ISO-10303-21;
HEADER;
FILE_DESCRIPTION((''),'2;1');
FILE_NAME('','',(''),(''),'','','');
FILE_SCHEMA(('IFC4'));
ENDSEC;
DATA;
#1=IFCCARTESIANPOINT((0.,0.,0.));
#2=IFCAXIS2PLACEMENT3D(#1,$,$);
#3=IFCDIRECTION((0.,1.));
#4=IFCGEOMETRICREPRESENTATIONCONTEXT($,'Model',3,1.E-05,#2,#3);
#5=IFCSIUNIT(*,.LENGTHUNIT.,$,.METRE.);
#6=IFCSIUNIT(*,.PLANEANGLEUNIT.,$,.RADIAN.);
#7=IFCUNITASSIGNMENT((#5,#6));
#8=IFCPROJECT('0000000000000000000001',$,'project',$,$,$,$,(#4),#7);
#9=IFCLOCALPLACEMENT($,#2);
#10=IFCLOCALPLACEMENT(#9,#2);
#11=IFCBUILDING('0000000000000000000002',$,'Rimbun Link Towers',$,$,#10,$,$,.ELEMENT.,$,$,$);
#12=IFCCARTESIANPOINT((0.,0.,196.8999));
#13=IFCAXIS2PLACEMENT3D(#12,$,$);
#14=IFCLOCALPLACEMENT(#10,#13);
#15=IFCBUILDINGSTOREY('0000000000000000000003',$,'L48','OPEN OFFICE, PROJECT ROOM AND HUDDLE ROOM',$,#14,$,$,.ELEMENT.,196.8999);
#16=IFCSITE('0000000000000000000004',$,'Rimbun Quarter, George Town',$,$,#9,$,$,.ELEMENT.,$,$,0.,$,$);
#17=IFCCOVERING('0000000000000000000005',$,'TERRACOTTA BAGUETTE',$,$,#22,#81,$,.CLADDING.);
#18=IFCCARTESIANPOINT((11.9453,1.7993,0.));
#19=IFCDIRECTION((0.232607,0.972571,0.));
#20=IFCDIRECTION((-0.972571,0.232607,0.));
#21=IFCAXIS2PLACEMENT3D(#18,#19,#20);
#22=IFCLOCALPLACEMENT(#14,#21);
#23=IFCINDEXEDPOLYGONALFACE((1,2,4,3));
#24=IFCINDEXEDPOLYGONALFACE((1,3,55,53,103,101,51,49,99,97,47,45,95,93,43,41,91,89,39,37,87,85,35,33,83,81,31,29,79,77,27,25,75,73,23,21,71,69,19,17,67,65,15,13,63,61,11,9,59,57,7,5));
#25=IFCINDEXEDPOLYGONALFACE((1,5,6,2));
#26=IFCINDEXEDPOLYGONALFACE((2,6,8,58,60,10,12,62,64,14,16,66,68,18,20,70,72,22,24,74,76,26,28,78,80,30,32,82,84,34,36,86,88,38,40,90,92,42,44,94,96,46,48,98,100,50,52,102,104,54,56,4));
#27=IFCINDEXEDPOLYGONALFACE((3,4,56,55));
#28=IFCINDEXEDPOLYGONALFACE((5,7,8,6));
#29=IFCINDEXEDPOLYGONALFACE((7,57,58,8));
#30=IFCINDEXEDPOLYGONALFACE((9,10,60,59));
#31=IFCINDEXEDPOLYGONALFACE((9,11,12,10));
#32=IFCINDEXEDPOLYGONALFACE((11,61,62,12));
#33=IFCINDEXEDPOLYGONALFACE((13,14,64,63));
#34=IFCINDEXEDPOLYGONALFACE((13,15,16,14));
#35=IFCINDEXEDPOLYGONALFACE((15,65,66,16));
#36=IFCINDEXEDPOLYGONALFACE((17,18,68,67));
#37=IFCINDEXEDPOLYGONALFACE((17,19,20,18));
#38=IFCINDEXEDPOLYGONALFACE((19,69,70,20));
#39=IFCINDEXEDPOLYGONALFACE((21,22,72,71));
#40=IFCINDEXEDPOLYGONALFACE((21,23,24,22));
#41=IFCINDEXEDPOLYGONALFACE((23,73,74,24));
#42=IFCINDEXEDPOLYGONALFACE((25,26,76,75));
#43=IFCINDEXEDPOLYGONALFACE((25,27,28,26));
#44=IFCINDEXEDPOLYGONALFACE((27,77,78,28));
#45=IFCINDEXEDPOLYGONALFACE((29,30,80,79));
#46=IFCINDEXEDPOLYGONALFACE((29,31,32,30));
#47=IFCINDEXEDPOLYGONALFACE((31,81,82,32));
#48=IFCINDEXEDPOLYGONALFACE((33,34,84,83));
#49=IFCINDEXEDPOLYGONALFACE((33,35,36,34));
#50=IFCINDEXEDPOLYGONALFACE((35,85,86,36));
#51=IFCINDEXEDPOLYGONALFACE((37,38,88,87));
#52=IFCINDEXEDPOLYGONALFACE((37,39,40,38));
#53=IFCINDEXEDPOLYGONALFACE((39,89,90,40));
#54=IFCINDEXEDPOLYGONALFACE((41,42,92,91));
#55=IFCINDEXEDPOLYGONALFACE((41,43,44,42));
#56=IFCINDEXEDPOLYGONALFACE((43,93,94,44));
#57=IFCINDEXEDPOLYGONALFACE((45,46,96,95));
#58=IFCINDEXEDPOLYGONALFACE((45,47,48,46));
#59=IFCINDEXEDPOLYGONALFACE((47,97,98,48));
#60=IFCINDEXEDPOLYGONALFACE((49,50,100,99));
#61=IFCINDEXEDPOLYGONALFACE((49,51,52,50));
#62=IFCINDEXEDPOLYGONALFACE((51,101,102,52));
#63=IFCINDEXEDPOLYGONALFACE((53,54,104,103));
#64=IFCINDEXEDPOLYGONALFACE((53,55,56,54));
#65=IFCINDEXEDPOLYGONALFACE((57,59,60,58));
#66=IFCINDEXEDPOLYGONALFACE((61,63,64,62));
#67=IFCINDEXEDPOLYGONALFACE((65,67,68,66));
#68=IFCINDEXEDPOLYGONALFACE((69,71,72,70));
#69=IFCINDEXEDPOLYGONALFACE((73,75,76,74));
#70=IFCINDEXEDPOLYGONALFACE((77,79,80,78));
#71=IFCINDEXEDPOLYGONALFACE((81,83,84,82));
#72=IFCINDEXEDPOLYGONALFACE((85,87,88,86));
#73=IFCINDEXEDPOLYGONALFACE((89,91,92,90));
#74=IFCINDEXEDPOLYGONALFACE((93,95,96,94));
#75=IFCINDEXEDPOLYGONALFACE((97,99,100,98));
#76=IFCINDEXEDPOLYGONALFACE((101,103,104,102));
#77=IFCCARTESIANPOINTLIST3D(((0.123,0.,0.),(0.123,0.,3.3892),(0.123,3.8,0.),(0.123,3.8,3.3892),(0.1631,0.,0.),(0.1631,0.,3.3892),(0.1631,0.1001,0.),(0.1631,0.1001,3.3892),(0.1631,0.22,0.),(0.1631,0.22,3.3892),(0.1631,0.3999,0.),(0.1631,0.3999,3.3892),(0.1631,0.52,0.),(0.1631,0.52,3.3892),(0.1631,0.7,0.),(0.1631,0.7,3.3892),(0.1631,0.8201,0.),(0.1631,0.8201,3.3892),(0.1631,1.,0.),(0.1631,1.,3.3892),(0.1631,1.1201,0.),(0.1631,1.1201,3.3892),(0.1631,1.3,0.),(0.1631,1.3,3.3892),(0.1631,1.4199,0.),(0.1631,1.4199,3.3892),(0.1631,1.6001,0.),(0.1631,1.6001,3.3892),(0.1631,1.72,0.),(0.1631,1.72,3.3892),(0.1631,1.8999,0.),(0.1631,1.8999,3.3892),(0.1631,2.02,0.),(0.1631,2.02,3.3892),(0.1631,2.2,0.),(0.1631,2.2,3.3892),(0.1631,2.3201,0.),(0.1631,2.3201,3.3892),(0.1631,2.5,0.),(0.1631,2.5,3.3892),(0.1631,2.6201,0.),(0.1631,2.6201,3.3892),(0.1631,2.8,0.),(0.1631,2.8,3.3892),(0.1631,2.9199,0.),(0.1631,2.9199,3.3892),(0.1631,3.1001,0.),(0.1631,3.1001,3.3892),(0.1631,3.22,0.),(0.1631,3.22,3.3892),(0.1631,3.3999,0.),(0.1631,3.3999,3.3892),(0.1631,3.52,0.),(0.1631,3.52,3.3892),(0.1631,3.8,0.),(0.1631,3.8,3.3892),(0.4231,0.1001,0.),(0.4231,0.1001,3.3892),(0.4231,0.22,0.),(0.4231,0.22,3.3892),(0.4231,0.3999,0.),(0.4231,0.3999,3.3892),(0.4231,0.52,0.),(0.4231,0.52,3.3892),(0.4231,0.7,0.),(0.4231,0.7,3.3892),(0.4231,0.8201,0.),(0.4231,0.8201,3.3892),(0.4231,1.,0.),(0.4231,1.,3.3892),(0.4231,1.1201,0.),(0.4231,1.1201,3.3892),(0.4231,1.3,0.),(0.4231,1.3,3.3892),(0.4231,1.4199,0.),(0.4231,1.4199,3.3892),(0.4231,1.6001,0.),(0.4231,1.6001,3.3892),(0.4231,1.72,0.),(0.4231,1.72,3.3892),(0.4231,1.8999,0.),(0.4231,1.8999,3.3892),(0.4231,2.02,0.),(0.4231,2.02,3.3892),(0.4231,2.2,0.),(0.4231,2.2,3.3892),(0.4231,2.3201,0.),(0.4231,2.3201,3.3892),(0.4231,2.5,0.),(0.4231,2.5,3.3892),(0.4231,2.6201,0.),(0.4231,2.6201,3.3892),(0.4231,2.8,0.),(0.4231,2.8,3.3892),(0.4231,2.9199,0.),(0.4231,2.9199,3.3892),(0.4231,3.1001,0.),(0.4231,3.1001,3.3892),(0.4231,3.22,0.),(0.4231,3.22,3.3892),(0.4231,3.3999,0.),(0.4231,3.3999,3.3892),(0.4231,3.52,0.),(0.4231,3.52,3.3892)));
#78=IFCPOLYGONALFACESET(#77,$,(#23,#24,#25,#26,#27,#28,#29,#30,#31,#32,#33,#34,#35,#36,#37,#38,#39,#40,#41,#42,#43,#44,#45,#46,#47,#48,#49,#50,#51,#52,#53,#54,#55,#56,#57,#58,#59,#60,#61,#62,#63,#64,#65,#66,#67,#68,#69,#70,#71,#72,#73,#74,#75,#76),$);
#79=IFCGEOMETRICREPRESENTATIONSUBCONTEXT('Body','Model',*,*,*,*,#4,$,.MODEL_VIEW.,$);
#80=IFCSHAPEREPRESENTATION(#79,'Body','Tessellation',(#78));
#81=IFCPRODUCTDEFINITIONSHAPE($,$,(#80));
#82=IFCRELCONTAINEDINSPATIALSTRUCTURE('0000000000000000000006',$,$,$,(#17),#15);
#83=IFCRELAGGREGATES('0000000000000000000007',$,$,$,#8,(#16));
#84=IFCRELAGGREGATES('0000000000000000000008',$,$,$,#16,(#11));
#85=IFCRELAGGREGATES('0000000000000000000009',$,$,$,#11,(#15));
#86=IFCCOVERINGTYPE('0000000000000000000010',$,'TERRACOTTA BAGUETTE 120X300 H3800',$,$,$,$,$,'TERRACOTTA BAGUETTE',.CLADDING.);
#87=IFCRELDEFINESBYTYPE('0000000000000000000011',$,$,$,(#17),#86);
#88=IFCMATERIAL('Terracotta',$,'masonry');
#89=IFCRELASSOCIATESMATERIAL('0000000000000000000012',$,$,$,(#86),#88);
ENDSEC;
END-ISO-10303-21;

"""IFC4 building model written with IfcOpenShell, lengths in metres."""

from ifc_helpers import new_model, si_unit, direction, frame, origin, place, context, subcontext, project, spatial, polyline, outline, extrude, material, material_profile, profile_set, type_object, element, save


model = new_model("IFC4")

# Units and contexts
model_context = context("Model", 3, precision=1e-05, world=origin(), true_north=direction((0.0, 1.0)))
body_context = subcontext(model_context, "Body", "Model", "MODEL_VIEW")
ifc_project = project(units=[si_unit("LENGTHUNIT", "METRE"), si_unit("PLANEANGLEUNIT", "RADIAN")], contexts=[model_context])

# Site, building, storey
site_placement = place(None, origin())
site = spatial("IfcSite", under=ifc_project, at=site_placement, Name="Rimbun Quarter, George Town", CompositionType="ELEMENT", RefElevation=0.0)
building_placement = place(site_placement, origin())
building = spatial("IfcBuilding", under=site, at=building_placement, Name="Rimbun Link Towers", CompositionType="ELEMENT")
storey_placement = place(building_placement, frame((0.0, 0.0, 196.8999)))
storey = spatial("IfcBuildingStorey", under=building, at=storey_placement, Name="L48", Description="OPEN OFFICE, PROJECT ROOM AND HUDDLE ROOM", CompositionType="ELEMENT", Elevation=196.8999)

# Covering
ifc_material_1 = material(Name="Terracotta", Category="masonry")
ifc_material_profile_1 = material_profile(ifc_material_1, outline(polyline([(0.123, 0.0), (0.1631, 0.0), (0.1631, 0.1001), (0.4231, 0.1001), (0.4231, 0.22), (0.1631, 0.22), (0.1631, 0.3999), (0.4231, 0.3999), (0.4231, 0.52), (0.1631, 0.52), (0.1631, 0.7), (0.4231, 0.7), (0.4231, 0.8201), (0.1631, 0.8201), (0.1631, 1.0), (0.4231, 1.0), (0.4231, 1.1201), (0.1631, 1.1201), (0.1631, 1.3), (0.4231, 1.3), (0.4231, 1.4199), (0.1631, 1.4199), (0.1631, 1.6001), (0.4231, 1.6001), (0.4231, 1.72), (0.1631, 1.72), (0.1631, 1.8999), (0.4231, 1.8999), (0.4231, 2.02), (0.1631, 2.02), (0.1631, 2.2), (0.4231, 2.2), (0.4231, 2.3201), (0.1631, 2.3201), (0.1631, 2.5), (0.4231, 2.5), (0.4231, 2.6201), (0.1631, 2.6201), (0.1631, 2.8), (0.4231, 2.8), (0.4231, 2.9199), (0.1631, 2.9199), (0.1631, 3.1001), (0.4231, 3.1001), (0.4231, 3.22), (0.1631, 3.22), (0.1631, 3.3999), (0.4231, 3.3999), (0.4231, 3.52), (0.1631, 3.52), (0.1631, 3.8), (0.123, 3.8), (0.123, 0.0)])), Name="BAGUETTE 120X300")
ifc_profile_set_1 = profile_set([ifc_material_profile_1], Name="Terracotta")
covering_type_1 = type_object("IfcCoveringType", Name="TERRACOTTA BAGUETTE 120X300 H3800", ElementType="TERRACOTTA BAGUETTE", PredefinedType="CLADDING", material=ifc_profile_set_1)
covering_1_placement = place(storey_placement, frame((11.9453, 1.7993, 0.0), z_axis=(0.232607, 0.972571, 0.0), x_axis=(-0.972571, 0.232607, 0.0)))
element("IfcCovering", 1, at=covering_1_placement, inside=storey, type_object=covering_type_1, Name="TERRACOTTA BAGUETTE", PredefinedType="CLADDING", context=body_context, shape_type="SweptSolid", body=[
    extrude(outline(polyline([(0.123, 0.0), (0.1631, 0.0), (0.1631, 0.1001), (0.4231, 0.1001), (0.4231, 0.22), (0.1631, 0.22), (0.1631, 0.3999), (0.4231, 0.3999), (0.4231, 0.52), (0.1631, 0.52), (0.1631, 0.7), (0.4231, 0.7), (0.4231, 0.8201), (0.1631, 0.8201), (0.1631, 1.0), (0.4231, 1.0), (0.4231, 1.1201), (0.1631, 1.1201), (0.1631, 1.3), (0.4231, 1.3), (0.4231, 1.4199), (0.1631, 1.4199), (0.1631, 1.6001), (0.4231, 1.6001), (0.4231, 1.72), (0.1631, 1.72), (0.1631, 1.8999), (0.4231, 1.8999), (0.4231, 2.02), (0.1631, 2.02), (0.1631, 2.2), (0.4231, 2.2), (0.4231, 2.3201), (0.1631, 2.3201), (0.1631, 2.5), (0.4231, 2.5), (0.4231, 2.6201), (0.1631, 2.6201), (0.1631, 2.8), (0.4231, 2.8), (0.4231, 2.9199), (0.1631, 2.9199), (0.1631, 3.1001), (0.4231, 3.1001), (0.4231, 3.22), (0.1631, 3.22), (0.1631, 3.3999), (0.4231, 3.3999), (0.4231, 3.52), (0.1631, 3.52), (0.1631, 3.8), (0.123, 3.8), (0.123, 0.0)])), origin(), (0.0, 0.0, 1.0), 3.3892),
])

save(model, "model.ifc")
